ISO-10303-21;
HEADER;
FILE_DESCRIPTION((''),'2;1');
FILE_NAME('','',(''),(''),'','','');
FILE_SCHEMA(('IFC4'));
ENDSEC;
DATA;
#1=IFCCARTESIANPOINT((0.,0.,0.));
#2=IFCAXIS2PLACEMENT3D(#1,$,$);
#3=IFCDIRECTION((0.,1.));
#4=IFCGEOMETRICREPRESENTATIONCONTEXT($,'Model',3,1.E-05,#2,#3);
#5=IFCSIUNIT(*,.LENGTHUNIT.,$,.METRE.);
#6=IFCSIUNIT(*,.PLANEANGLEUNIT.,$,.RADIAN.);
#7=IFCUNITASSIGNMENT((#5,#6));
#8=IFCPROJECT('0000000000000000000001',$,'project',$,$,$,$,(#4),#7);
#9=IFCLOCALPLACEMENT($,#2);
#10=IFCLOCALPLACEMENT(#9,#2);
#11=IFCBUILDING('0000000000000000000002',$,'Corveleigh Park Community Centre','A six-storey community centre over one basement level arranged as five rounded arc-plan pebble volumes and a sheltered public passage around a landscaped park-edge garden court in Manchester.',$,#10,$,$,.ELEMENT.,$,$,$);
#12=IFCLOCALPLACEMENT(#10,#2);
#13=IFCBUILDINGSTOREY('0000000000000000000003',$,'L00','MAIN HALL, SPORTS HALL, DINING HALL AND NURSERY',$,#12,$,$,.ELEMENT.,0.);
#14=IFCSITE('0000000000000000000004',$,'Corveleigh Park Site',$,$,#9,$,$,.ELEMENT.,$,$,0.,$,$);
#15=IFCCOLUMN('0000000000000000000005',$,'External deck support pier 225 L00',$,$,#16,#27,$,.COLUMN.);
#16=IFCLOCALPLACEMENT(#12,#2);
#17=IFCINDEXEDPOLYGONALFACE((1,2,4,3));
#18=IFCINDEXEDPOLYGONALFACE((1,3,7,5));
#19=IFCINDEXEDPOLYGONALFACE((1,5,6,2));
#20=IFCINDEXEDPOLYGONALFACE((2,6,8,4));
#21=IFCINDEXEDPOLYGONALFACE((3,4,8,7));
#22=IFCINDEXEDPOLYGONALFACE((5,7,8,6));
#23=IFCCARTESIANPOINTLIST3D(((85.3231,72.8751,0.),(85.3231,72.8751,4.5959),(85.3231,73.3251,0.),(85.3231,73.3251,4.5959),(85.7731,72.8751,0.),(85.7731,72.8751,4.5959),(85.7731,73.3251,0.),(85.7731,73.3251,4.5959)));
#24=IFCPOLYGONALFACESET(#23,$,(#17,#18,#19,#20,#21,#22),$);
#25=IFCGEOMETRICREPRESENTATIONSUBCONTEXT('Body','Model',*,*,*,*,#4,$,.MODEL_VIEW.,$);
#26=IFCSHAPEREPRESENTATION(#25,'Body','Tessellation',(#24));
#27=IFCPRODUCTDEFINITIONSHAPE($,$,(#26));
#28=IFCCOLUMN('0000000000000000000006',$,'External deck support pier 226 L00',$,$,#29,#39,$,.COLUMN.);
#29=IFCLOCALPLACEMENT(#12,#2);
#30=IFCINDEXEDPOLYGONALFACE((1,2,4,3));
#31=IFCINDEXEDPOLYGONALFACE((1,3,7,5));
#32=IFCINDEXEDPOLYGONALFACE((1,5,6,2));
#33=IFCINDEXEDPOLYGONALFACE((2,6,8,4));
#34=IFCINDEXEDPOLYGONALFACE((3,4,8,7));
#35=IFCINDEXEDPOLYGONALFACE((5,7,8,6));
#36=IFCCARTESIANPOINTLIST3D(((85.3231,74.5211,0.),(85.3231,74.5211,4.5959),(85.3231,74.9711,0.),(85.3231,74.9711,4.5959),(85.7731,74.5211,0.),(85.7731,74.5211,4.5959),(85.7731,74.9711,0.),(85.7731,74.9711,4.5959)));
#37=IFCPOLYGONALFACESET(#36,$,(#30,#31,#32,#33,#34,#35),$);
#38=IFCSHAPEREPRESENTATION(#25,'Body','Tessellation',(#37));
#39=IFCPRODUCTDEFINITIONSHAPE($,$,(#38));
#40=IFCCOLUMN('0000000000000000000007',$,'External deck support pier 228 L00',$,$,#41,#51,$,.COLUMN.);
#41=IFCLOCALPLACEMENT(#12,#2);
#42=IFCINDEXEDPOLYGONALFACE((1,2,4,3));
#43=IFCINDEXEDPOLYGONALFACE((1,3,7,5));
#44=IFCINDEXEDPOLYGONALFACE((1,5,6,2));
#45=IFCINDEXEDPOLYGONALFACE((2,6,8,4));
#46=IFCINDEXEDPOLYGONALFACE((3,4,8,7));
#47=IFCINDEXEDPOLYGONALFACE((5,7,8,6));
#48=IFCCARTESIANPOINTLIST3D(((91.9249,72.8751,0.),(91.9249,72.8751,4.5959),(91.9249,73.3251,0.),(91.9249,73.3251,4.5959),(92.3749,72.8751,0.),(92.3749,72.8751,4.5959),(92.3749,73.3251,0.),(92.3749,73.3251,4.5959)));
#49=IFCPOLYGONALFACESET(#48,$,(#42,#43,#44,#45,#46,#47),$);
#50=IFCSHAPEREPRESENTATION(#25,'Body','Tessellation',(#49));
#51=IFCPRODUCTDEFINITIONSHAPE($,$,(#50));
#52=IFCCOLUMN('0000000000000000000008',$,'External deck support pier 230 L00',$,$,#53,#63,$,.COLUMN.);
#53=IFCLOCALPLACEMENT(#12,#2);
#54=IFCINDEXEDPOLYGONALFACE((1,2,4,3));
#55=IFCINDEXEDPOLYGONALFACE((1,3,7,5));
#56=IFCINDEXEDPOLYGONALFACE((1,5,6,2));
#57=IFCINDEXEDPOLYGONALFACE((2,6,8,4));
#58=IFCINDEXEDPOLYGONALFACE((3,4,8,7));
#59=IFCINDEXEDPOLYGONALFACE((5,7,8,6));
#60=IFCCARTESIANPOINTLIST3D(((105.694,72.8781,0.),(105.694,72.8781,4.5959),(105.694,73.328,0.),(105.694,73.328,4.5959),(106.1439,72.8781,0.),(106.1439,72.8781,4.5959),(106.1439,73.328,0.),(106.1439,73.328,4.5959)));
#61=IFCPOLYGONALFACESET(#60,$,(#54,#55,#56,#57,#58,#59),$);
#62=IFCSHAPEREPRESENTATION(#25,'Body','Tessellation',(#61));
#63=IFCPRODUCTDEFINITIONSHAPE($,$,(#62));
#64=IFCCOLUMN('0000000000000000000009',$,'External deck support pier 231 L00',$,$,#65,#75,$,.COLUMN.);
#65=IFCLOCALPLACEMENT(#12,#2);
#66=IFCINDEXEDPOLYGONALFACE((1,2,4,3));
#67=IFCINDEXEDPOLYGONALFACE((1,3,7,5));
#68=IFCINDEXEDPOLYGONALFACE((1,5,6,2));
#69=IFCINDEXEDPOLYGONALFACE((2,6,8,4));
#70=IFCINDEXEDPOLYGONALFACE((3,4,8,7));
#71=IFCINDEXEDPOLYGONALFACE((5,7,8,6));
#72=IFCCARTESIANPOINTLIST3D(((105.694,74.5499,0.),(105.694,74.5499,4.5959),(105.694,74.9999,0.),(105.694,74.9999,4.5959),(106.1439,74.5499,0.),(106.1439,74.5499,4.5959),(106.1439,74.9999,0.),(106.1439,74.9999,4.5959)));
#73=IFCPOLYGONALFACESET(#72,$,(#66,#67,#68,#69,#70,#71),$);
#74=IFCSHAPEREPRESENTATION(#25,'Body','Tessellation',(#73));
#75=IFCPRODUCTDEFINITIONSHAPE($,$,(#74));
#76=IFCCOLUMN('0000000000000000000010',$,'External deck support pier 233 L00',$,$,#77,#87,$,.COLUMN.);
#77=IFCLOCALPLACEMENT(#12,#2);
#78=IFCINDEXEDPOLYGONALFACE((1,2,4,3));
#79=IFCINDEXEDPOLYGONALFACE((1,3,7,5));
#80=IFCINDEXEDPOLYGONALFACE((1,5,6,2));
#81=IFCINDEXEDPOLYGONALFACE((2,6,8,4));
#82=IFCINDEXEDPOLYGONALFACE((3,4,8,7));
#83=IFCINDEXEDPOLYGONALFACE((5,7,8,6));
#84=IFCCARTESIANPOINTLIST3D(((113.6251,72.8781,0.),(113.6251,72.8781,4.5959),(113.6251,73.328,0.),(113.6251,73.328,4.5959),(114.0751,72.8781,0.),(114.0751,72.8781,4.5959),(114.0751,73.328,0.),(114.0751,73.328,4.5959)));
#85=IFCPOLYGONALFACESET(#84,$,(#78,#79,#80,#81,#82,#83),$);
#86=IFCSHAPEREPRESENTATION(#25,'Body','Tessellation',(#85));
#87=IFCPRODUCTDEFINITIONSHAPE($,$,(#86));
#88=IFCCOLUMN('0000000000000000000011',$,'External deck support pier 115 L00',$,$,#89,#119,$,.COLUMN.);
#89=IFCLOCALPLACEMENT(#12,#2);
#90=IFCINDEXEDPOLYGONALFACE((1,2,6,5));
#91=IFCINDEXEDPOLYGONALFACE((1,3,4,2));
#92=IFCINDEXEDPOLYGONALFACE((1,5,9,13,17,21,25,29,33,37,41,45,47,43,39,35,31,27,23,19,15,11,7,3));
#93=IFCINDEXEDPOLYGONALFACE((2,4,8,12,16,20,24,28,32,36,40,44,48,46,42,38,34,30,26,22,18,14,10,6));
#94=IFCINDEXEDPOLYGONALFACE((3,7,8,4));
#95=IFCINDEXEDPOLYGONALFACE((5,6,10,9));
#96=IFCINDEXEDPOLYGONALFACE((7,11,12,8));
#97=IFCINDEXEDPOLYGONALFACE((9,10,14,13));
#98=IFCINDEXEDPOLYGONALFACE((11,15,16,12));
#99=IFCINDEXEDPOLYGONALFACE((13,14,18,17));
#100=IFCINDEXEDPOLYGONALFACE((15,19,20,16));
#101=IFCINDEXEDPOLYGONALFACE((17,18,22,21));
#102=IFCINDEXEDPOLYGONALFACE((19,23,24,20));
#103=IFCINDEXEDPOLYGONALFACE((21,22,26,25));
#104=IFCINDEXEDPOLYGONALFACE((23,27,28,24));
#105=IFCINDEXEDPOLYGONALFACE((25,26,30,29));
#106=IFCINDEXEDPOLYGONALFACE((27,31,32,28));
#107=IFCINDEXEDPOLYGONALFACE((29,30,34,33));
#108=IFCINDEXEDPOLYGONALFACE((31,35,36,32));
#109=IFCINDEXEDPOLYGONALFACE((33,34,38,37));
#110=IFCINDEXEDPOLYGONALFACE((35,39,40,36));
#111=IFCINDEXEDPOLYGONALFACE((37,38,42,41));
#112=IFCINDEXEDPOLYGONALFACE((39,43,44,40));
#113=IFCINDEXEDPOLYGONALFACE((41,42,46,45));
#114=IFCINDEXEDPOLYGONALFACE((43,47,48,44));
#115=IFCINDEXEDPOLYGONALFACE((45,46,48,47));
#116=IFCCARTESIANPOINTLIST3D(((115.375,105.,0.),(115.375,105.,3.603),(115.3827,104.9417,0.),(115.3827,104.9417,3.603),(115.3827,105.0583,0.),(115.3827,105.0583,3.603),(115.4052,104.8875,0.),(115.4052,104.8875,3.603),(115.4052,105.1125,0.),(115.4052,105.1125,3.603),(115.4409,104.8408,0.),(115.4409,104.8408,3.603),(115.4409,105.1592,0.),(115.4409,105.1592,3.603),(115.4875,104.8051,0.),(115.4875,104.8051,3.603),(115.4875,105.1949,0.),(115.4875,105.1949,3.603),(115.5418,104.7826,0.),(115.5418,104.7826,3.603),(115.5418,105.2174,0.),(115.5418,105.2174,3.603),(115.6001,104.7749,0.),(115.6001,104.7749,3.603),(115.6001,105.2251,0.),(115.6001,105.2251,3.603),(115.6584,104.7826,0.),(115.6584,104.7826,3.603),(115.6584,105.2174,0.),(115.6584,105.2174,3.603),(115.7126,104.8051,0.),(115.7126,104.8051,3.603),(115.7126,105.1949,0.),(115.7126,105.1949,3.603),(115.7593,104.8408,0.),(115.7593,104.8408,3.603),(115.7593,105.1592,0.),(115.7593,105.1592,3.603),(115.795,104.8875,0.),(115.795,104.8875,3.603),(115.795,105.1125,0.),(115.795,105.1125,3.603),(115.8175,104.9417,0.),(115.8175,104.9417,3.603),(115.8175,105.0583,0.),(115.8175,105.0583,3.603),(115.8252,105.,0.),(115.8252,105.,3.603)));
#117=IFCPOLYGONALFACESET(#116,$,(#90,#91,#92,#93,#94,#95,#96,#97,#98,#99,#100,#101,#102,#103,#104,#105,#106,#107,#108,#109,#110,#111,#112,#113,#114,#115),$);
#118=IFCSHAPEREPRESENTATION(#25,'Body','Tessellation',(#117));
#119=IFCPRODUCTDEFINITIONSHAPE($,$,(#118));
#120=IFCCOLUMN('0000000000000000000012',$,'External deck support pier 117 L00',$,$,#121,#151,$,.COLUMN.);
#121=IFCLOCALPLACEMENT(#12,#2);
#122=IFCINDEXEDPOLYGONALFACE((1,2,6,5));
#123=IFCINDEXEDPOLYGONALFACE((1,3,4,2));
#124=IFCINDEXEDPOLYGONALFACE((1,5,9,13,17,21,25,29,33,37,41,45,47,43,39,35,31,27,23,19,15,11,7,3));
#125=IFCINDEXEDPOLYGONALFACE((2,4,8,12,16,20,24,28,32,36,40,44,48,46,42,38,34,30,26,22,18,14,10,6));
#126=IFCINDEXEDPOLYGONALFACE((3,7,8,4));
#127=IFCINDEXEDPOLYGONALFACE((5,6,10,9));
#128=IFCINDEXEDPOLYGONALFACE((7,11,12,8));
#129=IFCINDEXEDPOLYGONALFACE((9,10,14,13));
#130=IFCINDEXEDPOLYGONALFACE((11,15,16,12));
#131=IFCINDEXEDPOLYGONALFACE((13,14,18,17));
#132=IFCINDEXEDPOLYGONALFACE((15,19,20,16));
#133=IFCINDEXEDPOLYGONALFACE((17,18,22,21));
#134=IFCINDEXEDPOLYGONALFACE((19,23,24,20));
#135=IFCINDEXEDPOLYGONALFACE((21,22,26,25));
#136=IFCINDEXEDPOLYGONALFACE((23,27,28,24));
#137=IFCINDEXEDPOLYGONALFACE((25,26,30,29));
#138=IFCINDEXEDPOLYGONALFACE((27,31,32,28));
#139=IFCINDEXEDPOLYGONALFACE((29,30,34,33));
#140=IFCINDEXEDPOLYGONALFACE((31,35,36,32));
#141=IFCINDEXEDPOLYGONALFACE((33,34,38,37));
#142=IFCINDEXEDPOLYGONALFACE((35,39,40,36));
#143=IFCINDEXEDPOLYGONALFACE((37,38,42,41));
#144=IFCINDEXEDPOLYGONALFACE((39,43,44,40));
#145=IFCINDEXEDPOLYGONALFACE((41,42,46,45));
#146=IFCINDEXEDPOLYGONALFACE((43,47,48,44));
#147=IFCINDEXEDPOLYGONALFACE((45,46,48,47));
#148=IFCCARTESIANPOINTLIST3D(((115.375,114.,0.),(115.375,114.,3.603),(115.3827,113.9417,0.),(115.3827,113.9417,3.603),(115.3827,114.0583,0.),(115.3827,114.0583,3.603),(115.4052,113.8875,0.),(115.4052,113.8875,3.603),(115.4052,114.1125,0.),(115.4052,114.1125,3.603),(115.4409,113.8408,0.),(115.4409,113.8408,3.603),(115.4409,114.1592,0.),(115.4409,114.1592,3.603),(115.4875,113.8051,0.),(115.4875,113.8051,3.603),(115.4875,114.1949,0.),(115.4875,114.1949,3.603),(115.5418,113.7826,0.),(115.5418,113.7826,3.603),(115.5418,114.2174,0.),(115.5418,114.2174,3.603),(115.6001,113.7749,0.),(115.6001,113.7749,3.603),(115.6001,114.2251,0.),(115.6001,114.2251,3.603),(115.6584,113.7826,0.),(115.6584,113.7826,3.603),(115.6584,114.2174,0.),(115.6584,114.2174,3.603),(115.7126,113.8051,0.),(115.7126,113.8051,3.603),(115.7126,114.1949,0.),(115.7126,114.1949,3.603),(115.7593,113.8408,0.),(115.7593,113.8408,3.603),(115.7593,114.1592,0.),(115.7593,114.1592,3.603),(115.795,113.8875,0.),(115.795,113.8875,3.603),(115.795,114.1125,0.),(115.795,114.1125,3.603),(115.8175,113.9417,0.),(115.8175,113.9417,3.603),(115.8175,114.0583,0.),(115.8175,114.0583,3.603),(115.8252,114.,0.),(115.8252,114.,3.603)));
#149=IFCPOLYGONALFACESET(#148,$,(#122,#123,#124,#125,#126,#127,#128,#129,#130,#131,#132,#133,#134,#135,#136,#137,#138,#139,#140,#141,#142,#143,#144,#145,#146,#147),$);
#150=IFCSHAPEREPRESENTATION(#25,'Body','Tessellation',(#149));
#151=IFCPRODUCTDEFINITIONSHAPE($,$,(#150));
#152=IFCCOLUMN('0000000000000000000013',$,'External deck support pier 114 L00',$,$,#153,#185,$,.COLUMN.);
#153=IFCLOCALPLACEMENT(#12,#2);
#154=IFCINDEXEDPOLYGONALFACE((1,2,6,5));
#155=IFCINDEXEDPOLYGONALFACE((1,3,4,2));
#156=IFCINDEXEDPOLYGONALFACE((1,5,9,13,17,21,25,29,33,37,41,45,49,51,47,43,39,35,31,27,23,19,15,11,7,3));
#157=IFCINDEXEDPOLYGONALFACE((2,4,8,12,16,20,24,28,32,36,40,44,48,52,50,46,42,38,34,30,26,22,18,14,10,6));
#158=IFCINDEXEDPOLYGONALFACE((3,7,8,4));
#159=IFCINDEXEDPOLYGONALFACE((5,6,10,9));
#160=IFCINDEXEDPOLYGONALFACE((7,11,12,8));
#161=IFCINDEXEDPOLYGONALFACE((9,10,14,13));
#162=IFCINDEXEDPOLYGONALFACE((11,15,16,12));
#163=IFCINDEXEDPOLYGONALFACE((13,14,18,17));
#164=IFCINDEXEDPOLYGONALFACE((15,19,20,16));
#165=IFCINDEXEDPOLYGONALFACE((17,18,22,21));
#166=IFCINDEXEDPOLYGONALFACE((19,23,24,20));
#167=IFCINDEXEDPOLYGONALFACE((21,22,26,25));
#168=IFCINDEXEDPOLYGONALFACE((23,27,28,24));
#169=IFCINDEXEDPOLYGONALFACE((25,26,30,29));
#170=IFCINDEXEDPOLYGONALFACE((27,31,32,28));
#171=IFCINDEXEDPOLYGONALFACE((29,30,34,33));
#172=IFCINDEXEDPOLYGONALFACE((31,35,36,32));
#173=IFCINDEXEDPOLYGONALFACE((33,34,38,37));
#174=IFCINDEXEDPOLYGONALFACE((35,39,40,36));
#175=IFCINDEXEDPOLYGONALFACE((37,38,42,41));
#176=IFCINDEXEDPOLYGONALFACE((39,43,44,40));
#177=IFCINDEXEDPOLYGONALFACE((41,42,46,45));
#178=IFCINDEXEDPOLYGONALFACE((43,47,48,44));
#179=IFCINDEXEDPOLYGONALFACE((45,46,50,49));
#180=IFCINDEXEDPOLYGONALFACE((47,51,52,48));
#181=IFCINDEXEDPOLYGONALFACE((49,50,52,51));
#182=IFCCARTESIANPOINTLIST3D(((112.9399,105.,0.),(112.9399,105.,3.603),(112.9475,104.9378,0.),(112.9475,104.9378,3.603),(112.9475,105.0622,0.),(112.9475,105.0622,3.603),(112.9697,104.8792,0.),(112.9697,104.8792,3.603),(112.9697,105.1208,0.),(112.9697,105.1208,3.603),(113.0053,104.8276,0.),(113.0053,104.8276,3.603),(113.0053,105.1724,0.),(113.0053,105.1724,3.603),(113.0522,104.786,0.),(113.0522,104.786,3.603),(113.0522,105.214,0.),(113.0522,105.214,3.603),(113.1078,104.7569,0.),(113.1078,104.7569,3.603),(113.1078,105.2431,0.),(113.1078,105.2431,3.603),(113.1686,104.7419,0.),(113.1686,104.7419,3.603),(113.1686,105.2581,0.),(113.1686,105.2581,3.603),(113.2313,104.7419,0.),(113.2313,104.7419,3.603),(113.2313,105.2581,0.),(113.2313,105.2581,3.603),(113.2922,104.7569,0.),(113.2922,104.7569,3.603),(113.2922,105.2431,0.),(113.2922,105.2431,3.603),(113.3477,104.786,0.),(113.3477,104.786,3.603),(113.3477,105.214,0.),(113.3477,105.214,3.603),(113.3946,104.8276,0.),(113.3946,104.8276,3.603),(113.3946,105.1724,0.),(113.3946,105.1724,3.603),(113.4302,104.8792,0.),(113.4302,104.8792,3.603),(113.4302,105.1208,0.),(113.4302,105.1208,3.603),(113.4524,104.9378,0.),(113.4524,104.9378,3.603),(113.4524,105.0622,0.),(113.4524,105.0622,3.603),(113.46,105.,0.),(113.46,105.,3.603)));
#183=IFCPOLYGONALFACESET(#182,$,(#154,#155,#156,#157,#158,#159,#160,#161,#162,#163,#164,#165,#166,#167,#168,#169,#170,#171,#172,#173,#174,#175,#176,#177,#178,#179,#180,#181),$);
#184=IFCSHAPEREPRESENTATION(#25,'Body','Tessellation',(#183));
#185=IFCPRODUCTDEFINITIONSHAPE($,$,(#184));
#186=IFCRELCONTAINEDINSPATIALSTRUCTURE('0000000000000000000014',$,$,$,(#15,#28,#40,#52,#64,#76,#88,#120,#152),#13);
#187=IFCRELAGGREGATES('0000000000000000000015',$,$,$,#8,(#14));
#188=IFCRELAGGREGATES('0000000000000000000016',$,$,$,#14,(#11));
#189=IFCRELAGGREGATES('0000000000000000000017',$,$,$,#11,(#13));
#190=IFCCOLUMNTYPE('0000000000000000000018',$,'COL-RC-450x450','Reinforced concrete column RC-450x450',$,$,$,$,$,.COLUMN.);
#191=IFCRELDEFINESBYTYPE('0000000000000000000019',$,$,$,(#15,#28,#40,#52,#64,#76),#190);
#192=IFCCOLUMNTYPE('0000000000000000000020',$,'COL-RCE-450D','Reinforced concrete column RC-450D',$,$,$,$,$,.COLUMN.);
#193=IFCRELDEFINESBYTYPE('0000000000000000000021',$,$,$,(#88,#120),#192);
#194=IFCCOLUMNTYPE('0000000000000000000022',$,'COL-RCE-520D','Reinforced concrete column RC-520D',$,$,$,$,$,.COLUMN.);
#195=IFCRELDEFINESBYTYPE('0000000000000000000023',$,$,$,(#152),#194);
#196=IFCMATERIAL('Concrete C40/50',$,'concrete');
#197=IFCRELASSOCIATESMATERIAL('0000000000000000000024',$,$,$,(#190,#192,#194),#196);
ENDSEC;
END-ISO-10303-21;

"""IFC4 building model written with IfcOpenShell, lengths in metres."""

from ifc_helpers import new_model, si_unit, direction, frame, origin, origin_2d, place, context, subcontext, project, spatial, rectangle, circle, extrude, material, material_profile, profile_set, type_object, element, save


model = new_model("IFC4")

# Units and contexts
model_context = context("Model", 3, precision=1e-05, world=origin(), true_north=direction((0.0, 1.0)))
body_context = subcontext(model_context, "Body", "Model", "MODEL_VIEW")
ifc_project = project(units=[si_unit("LENGTHUNIT", "METRE"), si_unit("PLANEANGLEUNIT", "RADIAN")], contexts=[model_context])

# Site, building, storey
site_placement = place(None, origin())
site = spatial("IfcSite", under=ifc_project, at=site_placement, Name="Corveleigh Park Site", CompositionType="ELEMENT", RefElevation=0.0)
building_placement = place(site_placement, origin())
building = spatial("IfcBuilding", under=site, at=building_placement, Name="Corveleigh Park Community Centre", Description="A six-storey community centre over one basement level arranged as five rounded arc-plan pebble volumes and a sheltered public passage around a landscaped park-edge garden court in Manchester.", CompositionType="ELEMENT")
storey_placement = place(building_placement, origin())
storey = spatial("IfcBuildingStorey", under=building, at=storey_placement, Name="L00", Description="MAIN HALL, SPORTS HALL, DINING HALL AND NURSERY", CompositionType="ELEMENT", Elevation=0.0)

# Columns
ifc_material_1 = material(Name="Concrete C40/50", Category="concrete")
ifc_material_profile_1 = material_profile(ifc_material_1, rectangle(XDim=0.45, YDim=0.45, at=origin_2d()), Name="RC-450x450", Category="concrete")
ifc_profile_set_1 = profile_set([ifc_material_profile_1], Name="Concrete C40/50")
column_type_1 = type_object("IfcColumnType", Name="COL-RC-450x450", Description="Reinforced concrete column RC-450x450", PredefinedType="COLUMN", material=ifc_profile_set_1)
for number, where, z_axis, x_axis, name in (
    (1, (85.5481, 73.1001, 0.0), (0.0, 0.0, 1.0), (1.0, 0.0, 0.0), "External deck support pier 225 L00"),
    (2, (85.5481, 74.7461, 0.0), (0.0, 0.0, 1.0), (1.0, 0.0, 0.0), "External deck support pier 226 L00"),
    (3, (92.1499, 73.1001, 0.0), (0.0, 0.0, 1.0), (1.0, 0.0, 0.0), "External deck support pier 228 L00"),
    (4, (105.9189, 73.103, 0.0), (0.0, 0.0, 1.0), (1.0, 0.0, 0.0), "External deck support pier 230 L00"),
    (5, (105.9189, 74.7749, 0.0), (0.0, 0.0, 1.0), (1.0, 0.0, 0.0), "External deck support pier 231 L00"),
    (6, (113.8501, 73.103, 0.0), (0.0, 0.0, 1.0), (1.0, 0.0, 0.0), "External deck support pier 233 L00"),
):
    element("IfcColumn", number, at=place(storey_placement, frame(where, z_axis=z_axis, x_axis=x_axis)), inside=storey, type_object=column_type_1, Name=name, PredefinedType="COLUMN", context=body_context, shape_type="SweptSolid", body=[
        extrude(rectangle(XDim=0.45, YDim=0.45, at=origin_2d()), origin(), (0.0, 0.0, 1.0), 4.5959),
    ])
ifc_material_profile_2 = material_profile(ifc_material_1, circle(Radius=0.2251, at=origin_2d()), Name="RC-450D", Category="concrete")
ifc_profile_set_2 = profile_set([ifc_material_profile_2], Name="Concrete C40/50")
column_type_2 = type_object("IfcColumnType", Name="COL-RCE-450D", Description="Reinforced concrete column RC-450D", PredefinedType="COLUMN", material=ifc_profile_set_2)
for number, where, z_axis, x_axis, name in (
    (7, (115.6001, 105.0, 0.0), (0.0, 0.0, 1.0), (1.0, 0.0, 0.0), "External deck support pier 115 L00"),
    (8, (115.6001, 114.0, 0.0), (0.0, 0.0, 1.0), (1.0, 0.0, 0.0), "External deck support pier 117 L00"),
):
    element("IfcColumn", number, at=place(storey_placement, frame(where, z_axis=z_axis, x_axis=x_axis)), inside=storey, type_object=column_type_2, Name=name, PredefinedType="COLUMN", context=body_context, shape_type="SweptSolid", body=[
        extrude(circle(Radius=0.2251, at=origin_2d()), origin(), (0.0, 0.0, 1.0), 3.603),
    ])
ifc_material_profile_3 = material_profile(ifc_material_1, circle(Radius=0.26, at=origin_2d()), Name="RC-520D", Category="concrete")
ifc_profile_set_3 = profile_set([ifc_material_profile_3], Name="Concrete C40/50")
column_type_3 = type_object("IfcColumnType", Name="COL-RCE-520D", Description="Reinforced concrete column RC-520D", PredefinedType="COLUMN", material=ifc_profile_set_3)
for number, where, z_axis, x_axis, name in (
    (9, (113.2, 105.0, 0.0), (0.0, 0.0, 1.0), (1.0, 0.0, 0.0), "External deck support pier 114 L00"),
):
    element("IfcColumn", number, at=place(storey_placement, frame(where, z_axis=z_axis, x_axis=x_axis)), inside=storey, type_object=column_type_3, Name=name, PredefinedType="COLUMN", context=body_context, shape_type="SweptSolid", body=[
        extrude(circle(Radius=0.26, at=origin_2d()), origin(), (0.0, 0.0, 1.0), 3.603),
    ])

save(model, "model.ifc")
